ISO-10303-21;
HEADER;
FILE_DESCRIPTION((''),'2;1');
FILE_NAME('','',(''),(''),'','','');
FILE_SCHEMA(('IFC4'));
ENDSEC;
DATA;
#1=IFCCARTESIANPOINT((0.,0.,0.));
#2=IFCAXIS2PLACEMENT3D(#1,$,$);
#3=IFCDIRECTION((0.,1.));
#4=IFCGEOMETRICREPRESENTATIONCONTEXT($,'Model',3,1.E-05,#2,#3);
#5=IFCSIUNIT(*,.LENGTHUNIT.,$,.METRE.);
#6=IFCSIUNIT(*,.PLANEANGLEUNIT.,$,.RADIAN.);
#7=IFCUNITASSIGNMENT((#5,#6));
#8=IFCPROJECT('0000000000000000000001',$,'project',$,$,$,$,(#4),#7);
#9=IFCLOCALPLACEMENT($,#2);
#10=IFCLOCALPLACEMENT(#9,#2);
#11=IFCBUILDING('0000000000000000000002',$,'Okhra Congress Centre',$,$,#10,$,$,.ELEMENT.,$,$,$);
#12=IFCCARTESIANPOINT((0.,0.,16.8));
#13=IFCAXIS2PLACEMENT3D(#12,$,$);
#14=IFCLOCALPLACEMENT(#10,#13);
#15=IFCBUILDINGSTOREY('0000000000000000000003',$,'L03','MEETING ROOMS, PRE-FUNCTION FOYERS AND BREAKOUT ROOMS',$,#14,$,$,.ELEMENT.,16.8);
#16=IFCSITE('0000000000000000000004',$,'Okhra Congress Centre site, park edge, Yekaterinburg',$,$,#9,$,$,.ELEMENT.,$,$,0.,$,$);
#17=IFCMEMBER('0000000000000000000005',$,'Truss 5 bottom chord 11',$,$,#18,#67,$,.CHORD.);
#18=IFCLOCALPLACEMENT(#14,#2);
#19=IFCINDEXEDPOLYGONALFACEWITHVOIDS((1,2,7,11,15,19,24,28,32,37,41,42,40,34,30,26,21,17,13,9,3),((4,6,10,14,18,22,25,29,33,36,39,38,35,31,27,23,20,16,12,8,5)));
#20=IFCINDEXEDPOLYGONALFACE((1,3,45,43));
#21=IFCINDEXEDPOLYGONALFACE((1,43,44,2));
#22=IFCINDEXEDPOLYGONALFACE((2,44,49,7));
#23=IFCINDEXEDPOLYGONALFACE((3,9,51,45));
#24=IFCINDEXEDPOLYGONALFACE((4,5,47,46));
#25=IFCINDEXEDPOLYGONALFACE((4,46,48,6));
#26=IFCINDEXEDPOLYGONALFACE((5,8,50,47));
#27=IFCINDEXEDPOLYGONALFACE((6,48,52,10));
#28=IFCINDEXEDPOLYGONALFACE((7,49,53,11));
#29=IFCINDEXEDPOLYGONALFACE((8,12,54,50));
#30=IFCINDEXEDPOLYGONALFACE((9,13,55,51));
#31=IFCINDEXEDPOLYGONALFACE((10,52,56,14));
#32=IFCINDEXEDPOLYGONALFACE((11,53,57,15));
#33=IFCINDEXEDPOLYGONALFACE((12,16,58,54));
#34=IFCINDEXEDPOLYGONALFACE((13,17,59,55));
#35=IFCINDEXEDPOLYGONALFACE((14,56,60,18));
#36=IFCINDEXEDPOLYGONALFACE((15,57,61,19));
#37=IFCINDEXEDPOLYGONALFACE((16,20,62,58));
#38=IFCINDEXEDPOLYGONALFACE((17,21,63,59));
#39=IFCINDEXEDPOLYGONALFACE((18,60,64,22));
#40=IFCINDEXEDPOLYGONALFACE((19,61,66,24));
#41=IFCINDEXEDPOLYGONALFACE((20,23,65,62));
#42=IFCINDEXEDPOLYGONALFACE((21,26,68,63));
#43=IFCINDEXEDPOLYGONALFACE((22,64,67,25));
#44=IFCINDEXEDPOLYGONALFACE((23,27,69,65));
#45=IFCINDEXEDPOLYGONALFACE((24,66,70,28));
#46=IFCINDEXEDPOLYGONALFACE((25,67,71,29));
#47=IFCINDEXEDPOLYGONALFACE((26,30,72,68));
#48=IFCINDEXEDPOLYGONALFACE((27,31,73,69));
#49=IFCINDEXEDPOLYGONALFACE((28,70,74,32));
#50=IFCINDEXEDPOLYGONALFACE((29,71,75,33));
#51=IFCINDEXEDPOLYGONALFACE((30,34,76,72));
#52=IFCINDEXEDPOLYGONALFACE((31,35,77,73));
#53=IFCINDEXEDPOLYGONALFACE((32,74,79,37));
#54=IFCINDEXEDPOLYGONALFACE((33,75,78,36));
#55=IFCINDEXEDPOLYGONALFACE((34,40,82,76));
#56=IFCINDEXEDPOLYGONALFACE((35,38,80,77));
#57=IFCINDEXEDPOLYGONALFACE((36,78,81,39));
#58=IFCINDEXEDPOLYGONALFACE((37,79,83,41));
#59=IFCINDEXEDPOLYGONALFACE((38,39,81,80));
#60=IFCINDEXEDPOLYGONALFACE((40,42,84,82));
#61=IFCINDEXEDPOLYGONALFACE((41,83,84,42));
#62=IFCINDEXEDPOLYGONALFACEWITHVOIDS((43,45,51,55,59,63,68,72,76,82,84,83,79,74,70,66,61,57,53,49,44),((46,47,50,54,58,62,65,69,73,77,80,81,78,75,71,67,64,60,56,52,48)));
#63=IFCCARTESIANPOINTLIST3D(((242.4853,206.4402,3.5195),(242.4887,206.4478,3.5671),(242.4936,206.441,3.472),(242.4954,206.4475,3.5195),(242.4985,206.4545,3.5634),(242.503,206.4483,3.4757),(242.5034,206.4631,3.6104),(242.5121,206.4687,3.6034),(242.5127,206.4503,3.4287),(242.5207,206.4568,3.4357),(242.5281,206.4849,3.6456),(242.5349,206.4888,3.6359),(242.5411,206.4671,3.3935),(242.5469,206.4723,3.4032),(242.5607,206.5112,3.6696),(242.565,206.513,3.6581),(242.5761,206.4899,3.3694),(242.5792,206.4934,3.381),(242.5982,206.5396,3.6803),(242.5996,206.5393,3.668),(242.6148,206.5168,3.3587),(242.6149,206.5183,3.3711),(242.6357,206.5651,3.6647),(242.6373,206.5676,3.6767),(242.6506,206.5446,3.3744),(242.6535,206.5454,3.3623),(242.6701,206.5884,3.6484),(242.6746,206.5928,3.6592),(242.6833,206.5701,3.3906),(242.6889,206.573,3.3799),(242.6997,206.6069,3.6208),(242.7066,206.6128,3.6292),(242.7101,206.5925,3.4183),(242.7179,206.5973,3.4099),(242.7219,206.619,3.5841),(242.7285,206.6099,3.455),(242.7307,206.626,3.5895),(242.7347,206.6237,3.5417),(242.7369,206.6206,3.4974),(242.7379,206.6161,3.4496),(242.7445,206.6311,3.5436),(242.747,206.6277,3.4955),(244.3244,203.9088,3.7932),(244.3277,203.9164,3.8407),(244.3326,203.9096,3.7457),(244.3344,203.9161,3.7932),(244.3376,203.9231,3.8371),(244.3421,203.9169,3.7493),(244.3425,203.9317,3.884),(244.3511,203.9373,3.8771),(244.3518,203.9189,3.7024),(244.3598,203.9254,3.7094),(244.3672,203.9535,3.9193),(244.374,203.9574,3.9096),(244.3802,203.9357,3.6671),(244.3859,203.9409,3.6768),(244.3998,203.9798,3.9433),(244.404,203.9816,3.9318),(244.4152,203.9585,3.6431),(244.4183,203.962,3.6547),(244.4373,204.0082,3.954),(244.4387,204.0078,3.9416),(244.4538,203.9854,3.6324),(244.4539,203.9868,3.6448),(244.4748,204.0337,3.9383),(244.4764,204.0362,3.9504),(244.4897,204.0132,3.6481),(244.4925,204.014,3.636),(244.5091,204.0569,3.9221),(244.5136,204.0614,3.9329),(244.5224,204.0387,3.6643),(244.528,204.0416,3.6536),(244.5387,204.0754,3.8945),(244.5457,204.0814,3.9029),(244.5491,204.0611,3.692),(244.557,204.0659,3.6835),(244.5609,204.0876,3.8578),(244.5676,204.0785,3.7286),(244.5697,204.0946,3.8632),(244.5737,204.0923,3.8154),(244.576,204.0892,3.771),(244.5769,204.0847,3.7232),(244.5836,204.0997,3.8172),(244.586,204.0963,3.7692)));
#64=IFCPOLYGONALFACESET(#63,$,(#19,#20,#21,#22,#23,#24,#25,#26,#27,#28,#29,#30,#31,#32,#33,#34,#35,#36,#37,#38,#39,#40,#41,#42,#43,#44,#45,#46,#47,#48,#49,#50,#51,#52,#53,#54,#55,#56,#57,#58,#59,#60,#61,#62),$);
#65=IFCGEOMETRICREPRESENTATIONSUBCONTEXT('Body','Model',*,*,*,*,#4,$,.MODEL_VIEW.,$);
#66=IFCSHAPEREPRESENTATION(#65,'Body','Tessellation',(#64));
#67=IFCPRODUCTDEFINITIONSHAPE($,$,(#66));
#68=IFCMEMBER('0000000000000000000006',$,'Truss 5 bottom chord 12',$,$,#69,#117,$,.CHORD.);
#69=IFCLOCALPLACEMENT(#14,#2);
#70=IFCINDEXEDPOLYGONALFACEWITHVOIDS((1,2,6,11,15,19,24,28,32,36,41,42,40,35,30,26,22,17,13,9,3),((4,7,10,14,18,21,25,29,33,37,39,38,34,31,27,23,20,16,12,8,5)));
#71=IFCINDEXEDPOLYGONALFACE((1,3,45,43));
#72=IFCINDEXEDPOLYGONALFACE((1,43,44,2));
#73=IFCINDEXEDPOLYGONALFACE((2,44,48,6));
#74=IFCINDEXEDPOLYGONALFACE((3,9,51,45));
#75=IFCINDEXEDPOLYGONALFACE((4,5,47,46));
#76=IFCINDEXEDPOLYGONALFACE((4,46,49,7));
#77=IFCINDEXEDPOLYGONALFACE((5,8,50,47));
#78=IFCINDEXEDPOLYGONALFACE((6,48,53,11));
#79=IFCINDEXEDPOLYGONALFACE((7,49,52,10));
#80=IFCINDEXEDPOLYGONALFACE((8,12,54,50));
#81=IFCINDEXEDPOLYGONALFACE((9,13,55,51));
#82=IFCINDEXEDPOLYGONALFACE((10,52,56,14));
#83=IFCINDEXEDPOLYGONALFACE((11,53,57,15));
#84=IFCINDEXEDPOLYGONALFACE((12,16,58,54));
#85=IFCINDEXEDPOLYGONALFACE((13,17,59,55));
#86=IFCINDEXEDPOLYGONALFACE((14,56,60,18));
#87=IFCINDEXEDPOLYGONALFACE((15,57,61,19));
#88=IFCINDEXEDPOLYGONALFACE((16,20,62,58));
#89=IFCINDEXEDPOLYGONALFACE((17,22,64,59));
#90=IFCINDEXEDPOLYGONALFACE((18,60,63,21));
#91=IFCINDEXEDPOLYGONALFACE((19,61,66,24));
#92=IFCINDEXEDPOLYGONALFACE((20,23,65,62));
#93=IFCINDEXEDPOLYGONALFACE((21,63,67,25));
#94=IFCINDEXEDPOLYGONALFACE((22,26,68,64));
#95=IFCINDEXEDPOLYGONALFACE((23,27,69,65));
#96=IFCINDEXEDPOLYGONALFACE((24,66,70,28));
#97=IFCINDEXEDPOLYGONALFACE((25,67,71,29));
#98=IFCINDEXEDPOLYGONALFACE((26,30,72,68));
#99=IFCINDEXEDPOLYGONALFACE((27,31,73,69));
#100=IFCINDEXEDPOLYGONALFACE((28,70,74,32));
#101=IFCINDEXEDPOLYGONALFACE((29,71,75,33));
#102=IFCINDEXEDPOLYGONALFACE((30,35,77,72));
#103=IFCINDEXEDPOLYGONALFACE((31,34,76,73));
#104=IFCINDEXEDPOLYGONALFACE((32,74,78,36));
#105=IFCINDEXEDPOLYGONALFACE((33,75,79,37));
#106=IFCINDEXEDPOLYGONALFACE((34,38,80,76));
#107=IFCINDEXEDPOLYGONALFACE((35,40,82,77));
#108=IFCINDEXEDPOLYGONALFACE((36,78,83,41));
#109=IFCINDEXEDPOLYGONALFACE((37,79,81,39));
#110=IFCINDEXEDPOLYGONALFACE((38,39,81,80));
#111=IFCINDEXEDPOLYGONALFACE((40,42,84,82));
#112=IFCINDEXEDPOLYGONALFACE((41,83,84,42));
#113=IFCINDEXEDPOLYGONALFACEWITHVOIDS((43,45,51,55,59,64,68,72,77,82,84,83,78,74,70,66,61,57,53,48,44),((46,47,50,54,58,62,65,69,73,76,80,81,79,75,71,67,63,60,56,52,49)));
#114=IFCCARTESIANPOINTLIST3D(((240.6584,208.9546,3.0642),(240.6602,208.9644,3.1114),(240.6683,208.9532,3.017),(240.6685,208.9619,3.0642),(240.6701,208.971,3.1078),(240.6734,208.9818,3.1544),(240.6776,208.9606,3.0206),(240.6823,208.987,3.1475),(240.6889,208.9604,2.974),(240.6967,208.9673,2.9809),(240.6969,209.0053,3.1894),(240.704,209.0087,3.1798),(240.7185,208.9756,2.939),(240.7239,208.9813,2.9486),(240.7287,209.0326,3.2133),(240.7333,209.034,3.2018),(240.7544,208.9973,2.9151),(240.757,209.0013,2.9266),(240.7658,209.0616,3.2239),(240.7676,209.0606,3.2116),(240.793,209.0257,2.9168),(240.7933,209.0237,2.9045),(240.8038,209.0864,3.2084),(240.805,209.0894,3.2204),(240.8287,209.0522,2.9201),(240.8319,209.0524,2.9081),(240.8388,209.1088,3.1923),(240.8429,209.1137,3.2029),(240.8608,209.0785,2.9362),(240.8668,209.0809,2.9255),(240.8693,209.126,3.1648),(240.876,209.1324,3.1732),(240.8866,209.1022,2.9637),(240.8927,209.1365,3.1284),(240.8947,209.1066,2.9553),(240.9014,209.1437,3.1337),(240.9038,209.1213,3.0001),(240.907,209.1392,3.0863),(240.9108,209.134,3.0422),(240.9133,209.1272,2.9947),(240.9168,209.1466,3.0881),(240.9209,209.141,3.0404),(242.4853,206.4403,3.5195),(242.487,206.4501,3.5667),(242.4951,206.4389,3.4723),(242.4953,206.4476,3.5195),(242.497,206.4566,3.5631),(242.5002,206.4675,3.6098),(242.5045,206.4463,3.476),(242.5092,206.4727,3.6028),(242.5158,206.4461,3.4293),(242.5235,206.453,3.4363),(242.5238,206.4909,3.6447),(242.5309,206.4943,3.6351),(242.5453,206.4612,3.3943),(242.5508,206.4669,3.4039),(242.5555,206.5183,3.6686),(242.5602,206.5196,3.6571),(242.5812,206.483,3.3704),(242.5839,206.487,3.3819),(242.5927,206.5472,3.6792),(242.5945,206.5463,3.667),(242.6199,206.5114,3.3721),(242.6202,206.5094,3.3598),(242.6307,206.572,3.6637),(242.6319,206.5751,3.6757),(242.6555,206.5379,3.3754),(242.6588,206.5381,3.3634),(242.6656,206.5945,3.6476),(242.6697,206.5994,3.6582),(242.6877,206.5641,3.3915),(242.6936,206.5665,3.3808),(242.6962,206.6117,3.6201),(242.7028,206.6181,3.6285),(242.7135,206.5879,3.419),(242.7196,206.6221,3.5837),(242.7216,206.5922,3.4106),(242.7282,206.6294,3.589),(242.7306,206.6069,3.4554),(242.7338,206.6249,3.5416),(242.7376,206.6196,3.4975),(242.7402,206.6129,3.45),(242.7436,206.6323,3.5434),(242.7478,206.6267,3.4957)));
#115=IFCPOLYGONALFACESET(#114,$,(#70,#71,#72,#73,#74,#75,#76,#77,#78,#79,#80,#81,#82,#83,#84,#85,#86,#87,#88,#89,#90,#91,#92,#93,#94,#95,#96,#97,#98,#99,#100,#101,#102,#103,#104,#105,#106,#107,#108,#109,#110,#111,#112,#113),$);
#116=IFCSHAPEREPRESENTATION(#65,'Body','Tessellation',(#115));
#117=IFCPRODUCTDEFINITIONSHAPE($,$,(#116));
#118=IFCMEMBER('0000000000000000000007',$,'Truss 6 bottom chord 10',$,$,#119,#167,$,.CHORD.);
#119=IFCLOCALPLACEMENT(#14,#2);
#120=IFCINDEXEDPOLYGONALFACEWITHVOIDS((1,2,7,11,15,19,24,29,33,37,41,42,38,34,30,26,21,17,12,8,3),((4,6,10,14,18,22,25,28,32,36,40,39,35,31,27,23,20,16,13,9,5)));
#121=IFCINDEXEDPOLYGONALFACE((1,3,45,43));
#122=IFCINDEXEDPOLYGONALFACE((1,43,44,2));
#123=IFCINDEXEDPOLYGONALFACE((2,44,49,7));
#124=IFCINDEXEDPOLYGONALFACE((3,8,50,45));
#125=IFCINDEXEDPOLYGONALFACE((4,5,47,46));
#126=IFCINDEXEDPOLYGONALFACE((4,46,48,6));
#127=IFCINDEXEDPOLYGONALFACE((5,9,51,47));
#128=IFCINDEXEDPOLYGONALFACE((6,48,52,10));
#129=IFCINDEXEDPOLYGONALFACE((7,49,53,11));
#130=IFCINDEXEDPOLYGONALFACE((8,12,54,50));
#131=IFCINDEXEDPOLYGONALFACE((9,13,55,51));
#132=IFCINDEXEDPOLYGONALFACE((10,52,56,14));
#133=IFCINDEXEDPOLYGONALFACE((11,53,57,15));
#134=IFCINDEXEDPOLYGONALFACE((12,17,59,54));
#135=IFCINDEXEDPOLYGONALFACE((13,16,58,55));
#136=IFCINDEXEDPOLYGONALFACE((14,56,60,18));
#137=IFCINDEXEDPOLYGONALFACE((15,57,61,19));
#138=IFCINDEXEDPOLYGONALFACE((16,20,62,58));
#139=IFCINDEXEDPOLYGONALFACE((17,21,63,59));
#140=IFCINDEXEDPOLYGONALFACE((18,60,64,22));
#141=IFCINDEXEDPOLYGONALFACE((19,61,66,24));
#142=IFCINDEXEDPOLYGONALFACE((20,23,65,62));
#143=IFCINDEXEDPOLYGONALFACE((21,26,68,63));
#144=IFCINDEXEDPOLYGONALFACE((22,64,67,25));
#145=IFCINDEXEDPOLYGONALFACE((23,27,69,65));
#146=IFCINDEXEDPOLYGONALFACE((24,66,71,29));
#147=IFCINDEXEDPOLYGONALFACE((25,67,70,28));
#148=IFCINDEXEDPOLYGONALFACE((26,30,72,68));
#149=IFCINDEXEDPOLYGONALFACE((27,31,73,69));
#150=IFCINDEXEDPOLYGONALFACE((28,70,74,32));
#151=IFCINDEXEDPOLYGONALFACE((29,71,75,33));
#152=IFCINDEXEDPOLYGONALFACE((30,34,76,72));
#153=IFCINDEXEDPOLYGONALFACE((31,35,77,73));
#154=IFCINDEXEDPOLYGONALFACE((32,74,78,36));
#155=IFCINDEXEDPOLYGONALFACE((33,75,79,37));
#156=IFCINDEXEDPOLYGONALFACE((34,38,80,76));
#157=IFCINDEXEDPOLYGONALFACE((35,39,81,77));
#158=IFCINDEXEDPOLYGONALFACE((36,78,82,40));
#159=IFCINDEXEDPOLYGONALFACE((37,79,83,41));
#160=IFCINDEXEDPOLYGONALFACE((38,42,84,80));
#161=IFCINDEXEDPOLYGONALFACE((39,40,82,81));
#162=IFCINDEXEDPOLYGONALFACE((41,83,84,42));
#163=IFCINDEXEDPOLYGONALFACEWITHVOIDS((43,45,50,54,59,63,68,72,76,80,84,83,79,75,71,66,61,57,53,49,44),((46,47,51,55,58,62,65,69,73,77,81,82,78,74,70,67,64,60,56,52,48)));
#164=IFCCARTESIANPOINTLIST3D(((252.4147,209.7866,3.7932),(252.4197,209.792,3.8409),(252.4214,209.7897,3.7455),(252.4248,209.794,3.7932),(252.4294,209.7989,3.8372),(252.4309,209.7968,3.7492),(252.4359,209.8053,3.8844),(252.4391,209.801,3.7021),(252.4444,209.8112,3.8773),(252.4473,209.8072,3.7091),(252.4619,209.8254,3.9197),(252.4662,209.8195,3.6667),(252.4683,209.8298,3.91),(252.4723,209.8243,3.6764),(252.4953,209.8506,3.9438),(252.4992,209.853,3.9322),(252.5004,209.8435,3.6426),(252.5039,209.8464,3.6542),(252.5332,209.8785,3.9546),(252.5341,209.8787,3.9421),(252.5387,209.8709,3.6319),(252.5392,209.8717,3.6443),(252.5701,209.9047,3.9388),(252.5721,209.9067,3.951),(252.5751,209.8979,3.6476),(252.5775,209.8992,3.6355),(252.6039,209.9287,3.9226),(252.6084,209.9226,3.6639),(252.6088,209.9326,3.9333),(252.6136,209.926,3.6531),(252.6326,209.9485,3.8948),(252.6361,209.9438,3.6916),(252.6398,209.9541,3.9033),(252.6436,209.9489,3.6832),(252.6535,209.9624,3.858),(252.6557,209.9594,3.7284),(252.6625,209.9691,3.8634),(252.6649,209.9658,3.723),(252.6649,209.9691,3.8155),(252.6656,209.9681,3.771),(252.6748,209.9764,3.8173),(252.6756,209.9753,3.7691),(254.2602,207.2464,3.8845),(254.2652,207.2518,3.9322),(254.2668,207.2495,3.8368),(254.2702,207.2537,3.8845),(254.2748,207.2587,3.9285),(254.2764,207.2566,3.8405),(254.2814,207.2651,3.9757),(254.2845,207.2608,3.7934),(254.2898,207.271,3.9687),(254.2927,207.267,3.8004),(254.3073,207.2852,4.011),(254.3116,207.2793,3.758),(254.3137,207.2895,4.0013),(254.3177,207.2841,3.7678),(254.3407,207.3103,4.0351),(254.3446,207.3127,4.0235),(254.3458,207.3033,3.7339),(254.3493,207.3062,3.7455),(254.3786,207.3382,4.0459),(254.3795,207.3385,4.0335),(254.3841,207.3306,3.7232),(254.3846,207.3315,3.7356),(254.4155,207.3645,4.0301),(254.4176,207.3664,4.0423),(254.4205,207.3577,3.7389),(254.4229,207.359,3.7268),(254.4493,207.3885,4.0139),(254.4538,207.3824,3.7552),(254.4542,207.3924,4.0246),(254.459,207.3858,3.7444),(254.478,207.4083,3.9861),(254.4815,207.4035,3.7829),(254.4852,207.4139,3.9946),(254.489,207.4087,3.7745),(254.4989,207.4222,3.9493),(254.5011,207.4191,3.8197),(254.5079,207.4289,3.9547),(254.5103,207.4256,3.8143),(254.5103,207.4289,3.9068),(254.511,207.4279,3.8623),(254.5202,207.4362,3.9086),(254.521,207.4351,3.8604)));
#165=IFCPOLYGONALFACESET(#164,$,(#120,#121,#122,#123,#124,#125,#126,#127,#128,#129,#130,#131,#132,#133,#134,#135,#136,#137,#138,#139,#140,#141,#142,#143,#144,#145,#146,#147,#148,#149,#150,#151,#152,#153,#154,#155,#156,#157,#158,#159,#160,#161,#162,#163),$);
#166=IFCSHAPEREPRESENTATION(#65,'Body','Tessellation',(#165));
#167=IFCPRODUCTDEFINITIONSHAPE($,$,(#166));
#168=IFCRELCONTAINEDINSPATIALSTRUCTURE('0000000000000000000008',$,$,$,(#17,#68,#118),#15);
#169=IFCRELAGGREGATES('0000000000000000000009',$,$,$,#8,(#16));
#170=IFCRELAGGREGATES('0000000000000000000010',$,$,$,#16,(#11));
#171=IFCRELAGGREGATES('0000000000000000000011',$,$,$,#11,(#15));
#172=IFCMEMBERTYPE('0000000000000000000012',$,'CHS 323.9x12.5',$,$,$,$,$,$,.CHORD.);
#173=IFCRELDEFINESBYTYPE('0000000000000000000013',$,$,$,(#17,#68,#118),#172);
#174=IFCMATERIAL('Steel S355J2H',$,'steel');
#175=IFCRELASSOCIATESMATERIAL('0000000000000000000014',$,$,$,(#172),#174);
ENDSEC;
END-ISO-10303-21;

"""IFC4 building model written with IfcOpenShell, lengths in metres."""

from ifc_helpers import new_model, si_unit, direction, frame, origin, origin_2d, place, context, subcontext, project, spatial, hollow_circle, extrude, material, material_profile, profile_set, type_object, element, save


model = new_model("IFC4")

# Units and contexts
model_context = context("Model", 3, precision=1e-05, world=origin(), true_north=direction((0.0, 1.0)))
body_context = subcontext(model_context, "Body", "Model", "MODEL_VIEW")
ifc_project = project(units=[si_unit("LENGTHUNIT", "METRE"), si_unit("PLANEANGLEUNIT", "RADIAN")], contexts=[model_context])

# Site, building, storey
site_placement = place(None, origin())
site = spatial("IfcSite", under=ifc_project, at=site_placement, Name="Okhra Congress Centre site, park edge, Yekaterinburg", CompositionType="ELEMENT", RefElevation=0.0)
building_placement = place(site_placement, origin())
building = spatial("IfcBuilding", under=site, at=building_placement, Name="Okhra Congress Centre", CompositionType="ELEMENT")
storey_placement = place(building_placement, frame((0.0, 0.0, 16.8)))
storey = spatial("IfcBuildingStorey", under=building, at=storey_placement, Name="L03", Description="MEETING ROOMS, PRE-FUNCTION FOYERS AND BREAKOUT ROOMS", CompositionType="ELEMENT", Elevation=16.8)

# Members
ifc_material_1 = material(Name="Steel S355J2H", Category="steel")
ifc_material_profile_1 = material_profile(ifc_material_1, hollow_circle(Radius=0.1619, WallThickness=0.0125, at=origin_2d()), Name="CHS 323.9x12.5")
ifc_profile_set_1 = profile_set([ifc_material_profile_1], Name="Steel S355J2H")
member_type_1 = type_object("IfcMemberType", Name="CHS 323.9x12.5", PredefinedType="CHORD", material=ifc_profile_set_1)
member_1_placement = place(storey_placement, frame((244.4553, 204.0039, 3.7932), z_axis=(-0.585523, 0.805959, -0.087133), x_axis=(-0.809036, -0.587759, 0.0)))
element("IfcMember", 1, at=member_1_placement, inside=storey, type_object=member_type_1, Name="Truss 5 bottom chord 11", PredefinedType="CHORD", context=body_context, shape_type="SweptSolid", body=[
    extrude(hollow_circle(Radius=0.1619, WallThickness=0.0125, at=origin_2d()), origin(), (0.0, 0.0, 1.0), 3.1409),
])
for number, where, z_axis, x_axis, name in (
    (2, (242.6162, 206.5354, 3.5195), (-0.581595, 0.80046, -0.144952), (-0.809004, -0.587803, 0.0), "Truss 5 bottom chord 12"),
    (3, (254.3911, 207.3416, 3.8845), (-0.587503, 0.8087, -0.029068), (-0.809042, -0.587751, 0.0), "Truss 6 bottom chord 10"),
):
    element("IfcMember", number, at=place(storey_placement, frame(where, z_axis=z_axis, x_axis=x_axis)), inside=storey, type_object=member_type_1, Name=name, PredefinedType="CHORD", context=body_context, shape_type="SweptSolid", body=[
        extrude(hollow_circle(Radius=0.1619, WallThickness=0.0125, at=origin_2d()), origin(), (0.0, 0.0, 1.0), 3.1411),
    ])

save(model, "model.ifc")
